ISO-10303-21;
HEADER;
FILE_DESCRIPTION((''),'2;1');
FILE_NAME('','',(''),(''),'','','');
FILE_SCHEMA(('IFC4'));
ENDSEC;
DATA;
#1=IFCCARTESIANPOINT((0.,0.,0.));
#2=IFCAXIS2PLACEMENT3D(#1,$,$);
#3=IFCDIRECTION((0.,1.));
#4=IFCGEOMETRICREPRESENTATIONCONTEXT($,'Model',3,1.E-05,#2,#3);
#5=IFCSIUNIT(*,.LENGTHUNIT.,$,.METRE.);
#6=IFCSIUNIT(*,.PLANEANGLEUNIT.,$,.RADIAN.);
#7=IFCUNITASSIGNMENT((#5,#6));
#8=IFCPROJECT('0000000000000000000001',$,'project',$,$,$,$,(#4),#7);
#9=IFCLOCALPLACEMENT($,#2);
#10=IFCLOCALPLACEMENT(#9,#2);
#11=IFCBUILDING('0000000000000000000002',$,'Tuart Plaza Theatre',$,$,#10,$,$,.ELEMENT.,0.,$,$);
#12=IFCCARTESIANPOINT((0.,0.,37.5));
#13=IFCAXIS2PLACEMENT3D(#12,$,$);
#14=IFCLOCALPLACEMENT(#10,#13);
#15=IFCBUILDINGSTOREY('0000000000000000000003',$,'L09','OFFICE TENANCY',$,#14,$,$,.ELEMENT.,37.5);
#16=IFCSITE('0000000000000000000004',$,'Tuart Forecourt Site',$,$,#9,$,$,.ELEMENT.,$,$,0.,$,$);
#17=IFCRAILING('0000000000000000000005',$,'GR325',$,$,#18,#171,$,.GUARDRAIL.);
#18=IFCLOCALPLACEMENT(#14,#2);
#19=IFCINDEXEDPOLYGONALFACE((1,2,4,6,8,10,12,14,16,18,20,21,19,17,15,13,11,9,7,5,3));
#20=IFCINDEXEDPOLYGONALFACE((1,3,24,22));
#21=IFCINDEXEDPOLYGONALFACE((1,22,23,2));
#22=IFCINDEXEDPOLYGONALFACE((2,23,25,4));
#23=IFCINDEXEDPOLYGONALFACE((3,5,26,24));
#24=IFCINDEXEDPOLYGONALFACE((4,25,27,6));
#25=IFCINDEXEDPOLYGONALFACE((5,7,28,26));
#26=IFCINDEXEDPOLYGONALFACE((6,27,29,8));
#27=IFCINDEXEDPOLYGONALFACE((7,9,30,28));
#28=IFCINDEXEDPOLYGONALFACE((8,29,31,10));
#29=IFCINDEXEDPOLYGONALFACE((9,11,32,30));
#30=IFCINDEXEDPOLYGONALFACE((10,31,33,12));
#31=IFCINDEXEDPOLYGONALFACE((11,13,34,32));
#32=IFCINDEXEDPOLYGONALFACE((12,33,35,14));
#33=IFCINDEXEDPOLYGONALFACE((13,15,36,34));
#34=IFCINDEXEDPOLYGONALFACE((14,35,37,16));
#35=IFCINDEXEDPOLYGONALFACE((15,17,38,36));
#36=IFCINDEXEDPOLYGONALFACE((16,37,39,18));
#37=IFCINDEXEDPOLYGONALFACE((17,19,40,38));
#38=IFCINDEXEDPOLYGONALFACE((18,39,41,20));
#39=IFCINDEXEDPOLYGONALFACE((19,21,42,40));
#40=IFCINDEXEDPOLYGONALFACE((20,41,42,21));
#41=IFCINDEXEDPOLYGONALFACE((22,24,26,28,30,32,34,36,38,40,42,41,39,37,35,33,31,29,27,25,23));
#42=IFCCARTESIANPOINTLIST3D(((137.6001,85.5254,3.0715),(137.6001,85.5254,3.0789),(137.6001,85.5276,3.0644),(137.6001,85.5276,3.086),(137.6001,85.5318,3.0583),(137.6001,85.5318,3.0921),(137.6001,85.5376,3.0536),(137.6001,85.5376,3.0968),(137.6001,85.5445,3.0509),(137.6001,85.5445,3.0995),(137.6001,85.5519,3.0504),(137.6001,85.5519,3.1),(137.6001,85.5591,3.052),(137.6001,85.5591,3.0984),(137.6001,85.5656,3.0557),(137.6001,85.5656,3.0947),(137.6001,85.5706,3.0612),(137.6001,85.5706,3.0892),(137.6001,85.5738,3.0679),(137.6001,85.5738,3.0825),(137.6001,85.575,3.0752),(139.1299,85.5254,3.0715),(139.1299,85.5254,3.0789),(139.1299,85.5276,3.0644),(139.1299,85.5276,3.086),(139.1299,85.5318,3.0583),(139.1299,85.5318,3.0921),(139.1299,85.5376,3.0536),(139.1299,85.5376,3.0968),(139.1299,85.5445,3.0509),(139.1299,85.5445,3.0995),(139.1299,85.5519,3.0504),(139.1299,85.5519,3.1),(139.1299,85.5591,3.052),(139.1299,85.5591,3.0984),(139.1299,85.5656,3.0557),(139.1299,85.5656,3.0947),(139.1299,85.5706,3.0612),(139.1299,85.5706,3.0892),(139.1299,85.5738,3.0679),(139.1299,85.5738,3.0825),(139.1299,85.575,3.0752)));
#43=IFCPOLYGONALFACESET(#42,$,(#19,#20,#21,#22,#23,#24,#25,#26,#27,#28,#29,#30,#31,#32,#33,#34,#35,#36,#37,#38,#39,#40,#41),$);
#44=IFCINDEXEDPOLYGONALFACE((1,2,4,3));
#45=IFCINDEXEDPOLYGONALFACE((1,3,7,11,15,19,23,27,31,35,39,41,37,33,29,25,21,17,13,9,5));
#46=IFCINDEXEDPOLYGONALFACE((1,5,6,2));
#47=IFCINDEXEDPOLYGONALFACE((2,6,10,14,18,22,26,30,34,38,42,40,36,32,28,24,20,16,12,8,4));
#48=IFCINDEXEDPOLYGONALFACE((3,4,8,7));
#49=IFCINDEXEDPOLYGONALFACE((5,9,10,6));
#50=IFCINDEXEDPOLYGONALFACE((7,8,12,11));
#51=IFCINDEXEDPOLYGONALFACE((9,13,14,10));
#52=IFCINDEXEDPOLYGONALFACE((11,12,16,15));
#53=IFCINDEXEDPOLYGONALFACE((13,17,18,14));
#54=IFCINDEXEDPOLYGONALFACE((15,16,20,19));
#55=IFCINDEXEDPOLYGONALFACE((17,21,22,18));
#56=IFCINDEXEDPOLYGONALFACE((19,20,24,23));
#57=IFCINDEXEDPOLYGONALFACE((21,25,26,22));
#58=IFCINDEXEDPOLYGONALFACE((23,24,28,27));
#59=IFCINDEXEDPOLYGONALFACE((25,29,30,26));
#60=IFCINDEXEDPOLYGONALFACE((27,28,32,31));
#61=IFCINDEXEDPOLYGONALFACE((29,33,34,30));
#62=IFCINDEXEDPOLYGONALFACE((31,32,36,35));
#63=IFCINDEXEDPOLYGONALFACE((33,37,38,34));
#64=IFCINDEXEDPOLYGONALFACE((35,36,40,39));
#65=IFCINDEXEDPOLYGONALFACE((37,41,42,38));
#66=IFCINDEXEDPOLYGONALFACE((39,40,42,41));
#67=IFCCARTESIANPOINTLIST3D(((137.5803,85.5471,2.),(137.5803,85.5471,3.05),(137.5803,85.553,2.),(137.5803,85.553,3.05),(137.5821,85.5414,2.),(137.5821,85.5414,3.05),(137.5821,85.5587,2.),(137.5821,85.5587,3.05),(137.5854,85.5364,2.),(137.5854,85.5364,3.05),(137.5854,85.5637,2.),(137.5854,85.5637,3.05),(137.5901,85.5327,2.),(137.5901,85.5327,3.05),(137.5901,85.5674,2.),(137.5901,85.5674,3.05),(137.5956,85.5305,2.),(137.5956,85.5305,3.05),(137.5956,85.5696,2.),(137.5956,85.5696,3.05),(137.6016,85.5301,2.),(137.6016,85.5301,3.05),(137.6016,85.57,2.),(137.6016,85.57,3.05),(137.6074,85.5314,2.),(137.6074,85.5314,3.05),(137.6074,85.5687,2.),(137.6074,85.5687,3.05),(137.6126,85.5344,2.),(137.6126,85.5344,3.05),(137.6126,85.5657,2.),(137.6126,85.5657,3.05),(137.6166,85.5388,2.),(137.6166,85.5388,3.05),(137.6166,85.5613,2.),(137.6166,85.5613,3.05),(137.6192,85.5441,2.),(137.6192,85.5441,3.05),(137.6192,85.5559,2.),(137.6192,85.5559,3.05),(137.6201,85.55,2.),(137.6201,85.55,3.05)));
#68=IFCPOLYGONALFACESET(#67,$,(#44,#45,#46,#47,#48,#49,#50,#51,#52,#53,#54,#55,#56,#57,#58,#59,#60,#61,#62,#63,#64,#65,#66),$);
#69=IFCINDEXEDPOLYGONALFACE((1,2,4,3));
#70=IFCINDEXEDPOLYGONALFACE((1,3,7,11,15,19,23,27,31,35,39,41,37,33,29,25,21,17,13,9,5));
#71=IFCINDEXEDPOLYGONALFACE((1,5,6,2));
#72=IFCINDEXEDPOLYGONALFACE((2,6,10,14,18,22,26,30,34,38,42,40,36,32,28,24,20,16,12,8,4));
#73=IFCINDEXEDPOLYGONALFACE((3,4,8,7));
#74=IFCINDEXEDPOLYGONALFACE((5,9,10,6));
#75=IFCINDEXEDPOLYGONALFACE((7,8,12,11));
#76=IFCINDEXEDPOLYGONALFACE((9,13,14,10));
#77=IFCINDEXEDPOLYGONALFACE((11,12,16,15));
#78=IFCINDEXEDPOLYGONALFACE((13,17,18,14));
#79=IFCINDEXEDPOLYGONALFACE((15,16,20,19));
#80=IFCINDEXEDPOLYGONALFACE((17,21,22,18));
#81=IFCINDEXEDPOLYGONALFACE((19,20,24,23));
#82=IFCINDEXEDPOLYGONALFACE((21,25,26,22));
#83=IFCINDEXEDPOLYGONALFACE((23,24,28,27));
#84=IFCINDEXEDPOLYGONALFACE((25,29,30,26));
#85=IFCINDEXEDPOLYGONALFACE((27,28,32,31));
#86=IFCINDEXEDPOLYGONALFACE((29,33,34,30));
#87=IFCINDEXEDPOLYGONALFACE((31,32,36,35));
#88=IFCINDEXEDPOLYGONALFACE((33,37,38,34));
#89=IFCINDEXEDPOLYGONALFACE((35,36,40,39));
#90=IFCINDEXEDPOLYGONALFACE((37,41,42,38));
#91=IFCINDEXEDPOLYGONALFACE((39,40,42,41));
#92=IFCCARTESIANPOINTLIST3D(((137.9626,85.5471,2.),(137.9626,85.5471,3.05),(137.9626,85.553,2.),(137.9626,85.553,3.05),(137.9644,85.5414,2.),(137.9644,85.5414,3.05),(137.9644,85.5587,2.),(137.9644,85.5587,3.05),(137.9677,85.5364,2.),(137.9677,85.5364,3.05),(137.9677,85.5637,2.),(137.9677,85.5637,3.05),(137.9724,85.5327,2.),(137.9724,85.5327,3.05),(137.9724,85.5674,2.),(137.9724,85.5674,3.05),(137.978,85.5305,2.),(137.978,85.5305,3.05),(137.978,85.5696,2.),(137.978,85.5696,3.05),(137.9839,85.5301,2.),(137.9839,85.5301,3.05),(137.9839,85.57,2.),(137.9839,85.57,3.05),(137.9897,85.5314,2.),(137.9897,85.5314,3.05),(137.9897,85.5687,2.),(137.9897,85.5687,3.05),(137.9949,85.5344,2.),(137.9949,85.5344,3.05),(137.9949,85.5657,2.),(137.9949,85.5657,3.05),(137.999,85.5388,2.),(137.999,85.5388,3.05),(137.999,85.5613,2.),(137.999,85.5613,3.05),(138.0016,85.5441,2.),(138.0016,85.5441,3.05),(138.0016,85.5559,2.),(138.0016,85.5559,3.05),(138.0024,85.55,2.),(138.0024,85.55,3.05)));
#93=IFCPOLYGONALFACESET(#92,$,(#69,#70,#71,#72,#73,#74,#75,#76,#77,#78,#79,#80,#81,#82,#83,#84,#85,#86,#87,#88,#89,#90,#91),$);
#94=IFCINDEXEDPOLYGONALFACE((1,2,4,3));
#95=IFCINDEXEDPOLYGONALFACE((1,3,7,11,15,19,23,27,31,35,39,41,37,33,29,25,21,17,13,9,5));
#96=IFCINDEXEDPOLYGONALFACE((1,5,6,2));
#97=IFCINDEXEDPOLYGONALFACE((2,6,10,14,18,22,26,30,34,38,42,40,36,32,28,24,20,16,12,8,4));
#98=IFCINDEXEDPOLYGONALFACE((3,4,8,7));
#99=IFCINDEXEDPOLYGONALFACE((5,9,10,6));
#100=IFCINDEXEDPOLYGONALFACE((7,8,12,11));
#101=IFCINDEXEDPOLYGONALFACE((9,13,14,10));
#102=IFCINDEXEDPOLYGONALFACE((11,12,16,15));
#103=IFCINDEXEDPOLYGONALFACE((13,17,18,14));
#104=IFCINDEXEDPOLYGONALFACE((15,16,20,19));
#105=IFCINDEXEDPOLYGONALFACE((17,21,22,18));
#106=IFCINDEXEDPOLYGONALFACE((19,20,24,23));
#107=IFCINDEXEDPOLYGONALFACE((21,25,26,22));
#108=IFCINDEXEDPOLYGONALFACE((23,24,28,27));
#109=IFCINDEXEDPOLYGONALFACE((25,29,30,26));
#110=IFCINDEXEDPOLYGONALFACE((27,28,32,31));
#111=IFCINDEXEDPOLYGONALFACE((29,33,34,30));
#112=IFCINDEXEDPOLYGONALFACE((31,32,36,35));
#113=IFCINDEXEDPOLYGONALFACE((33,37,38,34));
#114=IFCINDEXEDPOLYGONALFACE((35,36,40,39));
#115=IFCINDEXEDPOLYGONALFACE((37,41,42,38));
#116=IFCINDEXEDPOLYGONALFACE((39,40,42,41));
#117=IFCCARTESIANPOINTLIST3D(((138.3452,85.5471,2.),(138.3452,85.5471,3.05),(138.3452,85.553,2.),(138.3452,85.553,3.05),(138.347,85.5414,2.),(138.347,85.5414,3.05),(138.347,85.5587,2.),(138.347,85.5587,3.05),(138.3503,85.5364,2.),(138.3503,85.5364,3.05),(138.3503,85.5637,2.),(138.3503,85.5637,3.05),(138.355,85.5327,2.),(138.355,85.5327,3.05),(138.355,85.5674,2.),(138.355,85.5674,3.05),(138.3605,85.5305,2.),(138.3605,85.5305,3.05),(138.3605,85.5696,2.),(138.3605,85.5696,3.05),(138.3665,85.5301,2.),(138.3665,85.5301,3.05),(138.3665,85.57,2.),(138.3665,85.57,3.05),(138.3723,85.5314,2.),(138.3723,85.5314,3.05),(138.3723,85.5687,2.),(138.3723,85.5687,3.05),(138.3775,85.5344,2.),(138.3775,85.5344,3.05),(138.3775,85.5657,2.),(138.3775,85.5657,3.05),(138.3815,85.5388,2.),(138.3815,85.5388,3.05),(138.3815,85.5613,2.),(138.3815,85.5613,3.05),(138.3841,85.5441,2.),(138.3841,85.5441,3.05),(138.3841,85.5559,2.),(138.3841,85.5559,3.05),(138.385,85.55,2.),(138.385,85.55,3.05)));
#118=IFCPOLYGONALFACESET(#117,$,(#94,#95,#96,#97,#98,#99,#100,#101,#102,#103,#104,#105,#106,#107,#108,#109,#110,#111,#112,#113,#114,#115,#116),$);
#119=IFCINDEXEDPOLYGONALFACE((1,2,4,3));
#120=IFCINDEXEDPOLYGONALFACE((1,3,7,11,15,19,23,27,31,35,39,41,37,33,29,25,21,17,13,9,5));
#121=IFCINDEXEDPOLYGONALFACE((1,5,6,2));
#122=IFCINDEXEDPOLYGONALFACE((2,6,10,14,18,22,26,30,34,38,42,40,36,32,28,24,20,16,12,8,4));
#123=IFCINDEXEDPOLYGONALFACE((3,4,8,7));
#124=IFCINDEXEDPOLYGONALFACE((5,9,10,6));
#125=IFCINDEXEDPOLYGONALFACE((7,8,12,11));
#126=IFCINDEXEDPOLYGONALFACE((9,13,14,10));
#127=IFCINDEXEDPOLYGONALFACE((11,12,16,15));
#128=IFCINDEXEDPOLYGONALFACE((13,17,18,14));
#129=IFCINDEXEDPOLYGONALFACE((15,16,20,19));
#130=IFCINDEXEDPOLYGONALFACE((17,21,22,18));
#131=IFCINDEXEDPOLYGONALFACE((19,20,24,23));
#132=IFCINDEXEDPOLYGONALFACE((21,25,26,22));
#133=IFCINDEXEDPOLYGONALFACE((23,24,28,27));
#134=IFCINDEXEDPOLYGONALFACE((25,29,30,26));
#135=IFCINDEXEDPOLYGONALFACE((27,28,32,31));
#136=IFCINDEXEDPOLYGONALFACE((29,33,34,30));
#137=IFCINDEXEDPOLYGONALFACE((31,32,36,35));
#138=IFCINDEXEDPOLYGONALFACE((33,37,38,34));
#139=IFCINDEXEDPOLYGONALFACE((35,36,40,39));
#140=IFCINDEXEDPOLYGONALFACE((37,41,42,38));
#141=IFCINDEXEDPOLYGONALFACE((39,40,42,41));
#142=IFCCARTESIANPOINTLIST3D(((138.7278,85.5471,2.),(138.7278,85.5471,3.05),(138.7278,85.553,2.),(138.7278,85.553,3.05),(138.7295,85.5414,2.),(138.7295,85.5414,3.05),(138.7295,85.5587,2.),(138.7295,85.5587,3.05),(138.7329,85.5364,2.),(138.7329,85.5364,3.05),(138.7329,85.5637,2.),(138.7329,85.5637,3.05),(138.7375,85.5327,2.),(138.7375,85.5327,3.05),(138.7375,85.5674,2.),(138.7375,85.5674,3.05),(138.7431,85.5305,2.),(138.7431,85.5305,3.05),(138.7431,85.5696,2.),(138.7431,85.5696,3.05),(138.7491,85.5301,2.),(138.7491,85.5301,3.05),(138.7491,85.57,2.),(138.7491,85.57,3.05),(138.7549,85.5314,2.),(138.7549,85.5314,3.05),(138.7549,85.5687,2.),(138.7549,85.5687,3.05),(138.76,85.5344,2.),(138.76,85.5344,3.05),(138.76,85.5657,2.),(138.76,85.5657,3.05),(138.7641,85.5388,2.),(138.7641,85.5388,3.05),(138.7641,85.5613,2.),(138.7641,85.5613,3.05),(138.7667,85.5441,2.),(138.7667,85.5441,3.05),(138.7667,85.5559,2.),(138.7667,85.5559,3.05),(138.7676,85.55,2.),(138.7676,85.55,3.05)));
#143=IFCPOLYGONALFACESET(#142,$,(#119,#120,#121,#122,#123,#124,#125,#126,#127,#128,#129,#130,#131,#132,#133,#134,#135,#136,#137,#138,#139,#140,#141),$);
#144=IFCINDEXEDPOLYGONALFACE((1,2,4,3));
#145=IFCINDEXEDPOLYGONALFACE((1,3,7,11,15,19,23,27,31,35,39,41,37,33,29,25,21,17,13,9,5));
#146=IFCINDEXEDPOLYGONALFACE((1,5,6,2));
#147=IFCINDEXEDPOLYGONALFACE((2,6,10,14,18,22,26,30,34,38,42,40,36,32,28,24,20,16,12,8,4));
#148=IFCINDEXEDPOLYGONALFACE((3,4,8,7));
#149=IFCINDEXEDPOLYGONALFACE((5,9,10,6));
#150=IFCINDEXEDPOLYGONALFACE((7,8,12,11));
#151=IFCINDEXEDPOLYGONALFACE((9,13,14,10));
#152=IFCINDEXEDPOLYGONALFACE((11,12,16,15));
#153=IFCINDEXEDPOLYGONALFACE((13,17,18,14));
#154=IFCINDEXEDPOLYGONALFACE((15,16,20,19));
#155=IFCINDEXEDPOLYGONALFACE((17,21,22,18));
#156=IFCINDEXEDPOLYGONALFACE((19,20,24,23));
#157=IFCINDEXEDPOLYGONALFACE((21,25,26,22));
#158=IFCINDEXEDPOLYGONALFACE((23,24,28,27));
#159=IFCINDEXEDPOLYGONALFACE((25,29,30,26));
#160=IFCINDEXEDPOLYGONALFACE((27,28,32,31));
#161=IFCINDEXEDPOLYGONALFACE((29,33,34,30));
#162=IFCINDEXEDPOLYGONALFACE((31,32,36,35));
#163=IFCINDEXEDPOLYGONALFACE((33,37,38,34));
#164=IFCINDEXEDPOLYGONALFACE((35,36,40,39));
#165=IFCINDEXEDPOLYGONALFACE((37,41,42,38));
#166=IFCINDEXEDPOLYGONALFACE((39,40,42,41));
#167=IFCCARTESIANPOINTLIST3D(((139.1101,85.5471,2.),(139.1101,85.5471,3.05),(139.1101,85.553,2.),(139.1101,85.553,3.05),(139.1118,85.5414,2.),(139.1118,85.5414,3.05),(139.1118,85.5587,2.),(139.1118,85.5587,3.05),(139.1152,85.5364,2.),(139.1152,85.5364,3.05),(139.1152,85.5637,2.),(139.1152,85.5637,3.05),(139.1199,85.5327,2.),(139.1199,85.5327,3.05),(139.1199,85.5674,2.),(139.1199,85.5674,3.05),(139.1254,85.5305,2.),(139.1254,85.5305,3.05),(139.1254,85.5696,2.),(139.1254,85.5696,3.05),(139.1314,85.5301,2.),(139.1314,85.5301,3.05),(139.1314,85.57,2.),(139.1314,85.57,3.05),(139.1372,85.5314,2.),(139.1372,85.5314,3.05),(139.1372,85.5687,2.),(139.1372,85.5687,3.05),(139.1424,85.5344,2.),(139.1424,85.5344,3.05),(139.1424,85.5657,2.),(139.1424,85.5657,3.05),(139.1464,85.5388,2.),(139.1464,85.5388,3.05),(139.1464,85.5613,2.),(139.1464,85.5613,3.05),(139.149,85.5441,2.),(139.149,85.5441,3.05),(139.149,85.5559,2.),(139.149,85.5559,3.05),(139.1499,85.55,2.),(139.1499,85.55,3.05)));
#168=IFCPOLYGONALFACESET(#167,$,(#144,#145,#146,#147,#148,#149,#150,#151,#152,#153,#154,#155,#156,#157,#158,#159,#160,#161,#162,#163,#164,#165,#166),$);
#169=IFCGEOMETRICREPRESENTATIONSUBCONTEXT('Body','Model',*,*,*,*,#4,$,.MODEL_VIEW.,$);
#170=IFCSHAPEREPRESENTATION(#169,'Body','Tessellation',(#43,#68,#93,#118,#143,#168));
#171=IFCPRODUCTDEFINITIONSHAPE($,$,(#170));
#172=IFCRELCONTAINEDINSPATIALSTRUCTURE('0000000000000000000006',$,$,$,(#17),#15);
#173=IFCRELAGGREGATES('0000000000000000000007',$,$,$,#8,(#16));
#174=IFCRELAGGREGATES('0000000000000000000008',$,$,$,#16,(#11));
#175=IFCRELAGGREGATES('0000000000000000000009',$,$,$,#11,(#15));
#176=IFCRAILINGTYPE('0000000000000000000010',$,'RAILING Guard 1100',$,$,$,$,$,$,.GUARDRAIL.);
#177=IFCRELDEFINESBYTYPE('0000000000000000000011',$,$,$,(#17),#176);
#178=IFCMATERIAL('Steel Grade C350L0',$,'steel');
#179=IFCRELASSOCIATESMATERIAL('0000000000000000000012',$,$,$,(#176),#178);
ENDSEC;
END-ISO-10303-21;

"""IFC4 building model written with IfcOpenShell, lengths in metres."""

from ifc_helpers import new_model, si_unit, direction, frame, origin, origin_2d, place, context, subcontext, project, spatial, circle, extrude, material, type_object, element, save


model = new_model("IFC4")

# Units and contexts
model_context = context("Model", 3, precision=1e-05, world=origin(), true_north=direction((0.0, 1.0)))
body_context = subcontext(model_context, "Body", "Model", "MODEL_VIEW")
ifc_project = project(units=[si_unit("LENGTHUNIT", "METRE"), si_unit("PLANEANGLEUNIT", "RADIAN")], contexts=[model_context])

# Site, building, storey
site_placement = place(None, origin())
site = spatial("IfcSite", under=ifc_project, at=site_placement, Name="Tuart Forecourt Site", CompositionType="ELEMENT", RefElevation=0.0)
building_placement = place(site_placement, origin())
building = spatial("IfcBuilding", under=site, at=building_placement, Name="Tuart Plaza Theatre", CompositionType="ELEMENT", ElevationOfRefHeight=0.0)
storey_placement = place(building_placement, frame((0.0, 0.0, 37.5)))
storey = spatial("IfcBuildingStorey", under=building, at=storey_placement, Name="L09", Description="OFFICE TENANCY", CompositionType="ELEMENT", Elevation=37.5)

# Railing
ifc_material_1 = material(Name="Steel Grade C350L0", Category="steel")
railing_type_1 = type_object("IfcRailingType", Name="RAILING Guard 1100", PredefinedType="GUARDRAIL", material=ifc_material_1)
railing_1_placement = place(storey_placement, frame((137.6001, 85.55, 2.0)))
element("IfcRailing", 1, at=railing_1_placement, inside=storey, type_object=railing_type_1, Name="GR325", PredefinedType="GUARDRAIL", context=body_context, shape_type="SweptSolid", body=[
    extrude(circle(Radius=0.0249, at=origin_2d()), frame((0.0, 0.0, 1.0752), z_axis=(1.0, 0.0, 0.0), x_axis=(0.0, 1.0, 0.0)), (0.0, 0.0, 1.0), 1.5298),
    extrude(circle(Radius=0.02, at=origin_2d()), origin(), (0.0, 0.0, 1.0), 1.05),
    extrude(circle(Radius=0.02, at=origin_2d()), frame((0.3823, 0.0, 0.0)), (0.0, 0.0, 1.0), 1.05),
    extrude(circle(Radius=0.02, at=origin_2d()), frame((0.7649, 0.0, 0.0)), (0.0, 0.0, 1.0), 1.05),
    extrude(circle(Radius=0.02, at=origin_2d()), frame((1.1475, 0.0, 0.0)), (0.0, 0.0, 1.0), 1.05),
    extrude(circle(Radius=0.02, at=origin_2d()), frame((1.5298, 0.0, 0.0)), (0.0, 0.0, 1.0), 1.05),
])

save(model, "model.ifc")
